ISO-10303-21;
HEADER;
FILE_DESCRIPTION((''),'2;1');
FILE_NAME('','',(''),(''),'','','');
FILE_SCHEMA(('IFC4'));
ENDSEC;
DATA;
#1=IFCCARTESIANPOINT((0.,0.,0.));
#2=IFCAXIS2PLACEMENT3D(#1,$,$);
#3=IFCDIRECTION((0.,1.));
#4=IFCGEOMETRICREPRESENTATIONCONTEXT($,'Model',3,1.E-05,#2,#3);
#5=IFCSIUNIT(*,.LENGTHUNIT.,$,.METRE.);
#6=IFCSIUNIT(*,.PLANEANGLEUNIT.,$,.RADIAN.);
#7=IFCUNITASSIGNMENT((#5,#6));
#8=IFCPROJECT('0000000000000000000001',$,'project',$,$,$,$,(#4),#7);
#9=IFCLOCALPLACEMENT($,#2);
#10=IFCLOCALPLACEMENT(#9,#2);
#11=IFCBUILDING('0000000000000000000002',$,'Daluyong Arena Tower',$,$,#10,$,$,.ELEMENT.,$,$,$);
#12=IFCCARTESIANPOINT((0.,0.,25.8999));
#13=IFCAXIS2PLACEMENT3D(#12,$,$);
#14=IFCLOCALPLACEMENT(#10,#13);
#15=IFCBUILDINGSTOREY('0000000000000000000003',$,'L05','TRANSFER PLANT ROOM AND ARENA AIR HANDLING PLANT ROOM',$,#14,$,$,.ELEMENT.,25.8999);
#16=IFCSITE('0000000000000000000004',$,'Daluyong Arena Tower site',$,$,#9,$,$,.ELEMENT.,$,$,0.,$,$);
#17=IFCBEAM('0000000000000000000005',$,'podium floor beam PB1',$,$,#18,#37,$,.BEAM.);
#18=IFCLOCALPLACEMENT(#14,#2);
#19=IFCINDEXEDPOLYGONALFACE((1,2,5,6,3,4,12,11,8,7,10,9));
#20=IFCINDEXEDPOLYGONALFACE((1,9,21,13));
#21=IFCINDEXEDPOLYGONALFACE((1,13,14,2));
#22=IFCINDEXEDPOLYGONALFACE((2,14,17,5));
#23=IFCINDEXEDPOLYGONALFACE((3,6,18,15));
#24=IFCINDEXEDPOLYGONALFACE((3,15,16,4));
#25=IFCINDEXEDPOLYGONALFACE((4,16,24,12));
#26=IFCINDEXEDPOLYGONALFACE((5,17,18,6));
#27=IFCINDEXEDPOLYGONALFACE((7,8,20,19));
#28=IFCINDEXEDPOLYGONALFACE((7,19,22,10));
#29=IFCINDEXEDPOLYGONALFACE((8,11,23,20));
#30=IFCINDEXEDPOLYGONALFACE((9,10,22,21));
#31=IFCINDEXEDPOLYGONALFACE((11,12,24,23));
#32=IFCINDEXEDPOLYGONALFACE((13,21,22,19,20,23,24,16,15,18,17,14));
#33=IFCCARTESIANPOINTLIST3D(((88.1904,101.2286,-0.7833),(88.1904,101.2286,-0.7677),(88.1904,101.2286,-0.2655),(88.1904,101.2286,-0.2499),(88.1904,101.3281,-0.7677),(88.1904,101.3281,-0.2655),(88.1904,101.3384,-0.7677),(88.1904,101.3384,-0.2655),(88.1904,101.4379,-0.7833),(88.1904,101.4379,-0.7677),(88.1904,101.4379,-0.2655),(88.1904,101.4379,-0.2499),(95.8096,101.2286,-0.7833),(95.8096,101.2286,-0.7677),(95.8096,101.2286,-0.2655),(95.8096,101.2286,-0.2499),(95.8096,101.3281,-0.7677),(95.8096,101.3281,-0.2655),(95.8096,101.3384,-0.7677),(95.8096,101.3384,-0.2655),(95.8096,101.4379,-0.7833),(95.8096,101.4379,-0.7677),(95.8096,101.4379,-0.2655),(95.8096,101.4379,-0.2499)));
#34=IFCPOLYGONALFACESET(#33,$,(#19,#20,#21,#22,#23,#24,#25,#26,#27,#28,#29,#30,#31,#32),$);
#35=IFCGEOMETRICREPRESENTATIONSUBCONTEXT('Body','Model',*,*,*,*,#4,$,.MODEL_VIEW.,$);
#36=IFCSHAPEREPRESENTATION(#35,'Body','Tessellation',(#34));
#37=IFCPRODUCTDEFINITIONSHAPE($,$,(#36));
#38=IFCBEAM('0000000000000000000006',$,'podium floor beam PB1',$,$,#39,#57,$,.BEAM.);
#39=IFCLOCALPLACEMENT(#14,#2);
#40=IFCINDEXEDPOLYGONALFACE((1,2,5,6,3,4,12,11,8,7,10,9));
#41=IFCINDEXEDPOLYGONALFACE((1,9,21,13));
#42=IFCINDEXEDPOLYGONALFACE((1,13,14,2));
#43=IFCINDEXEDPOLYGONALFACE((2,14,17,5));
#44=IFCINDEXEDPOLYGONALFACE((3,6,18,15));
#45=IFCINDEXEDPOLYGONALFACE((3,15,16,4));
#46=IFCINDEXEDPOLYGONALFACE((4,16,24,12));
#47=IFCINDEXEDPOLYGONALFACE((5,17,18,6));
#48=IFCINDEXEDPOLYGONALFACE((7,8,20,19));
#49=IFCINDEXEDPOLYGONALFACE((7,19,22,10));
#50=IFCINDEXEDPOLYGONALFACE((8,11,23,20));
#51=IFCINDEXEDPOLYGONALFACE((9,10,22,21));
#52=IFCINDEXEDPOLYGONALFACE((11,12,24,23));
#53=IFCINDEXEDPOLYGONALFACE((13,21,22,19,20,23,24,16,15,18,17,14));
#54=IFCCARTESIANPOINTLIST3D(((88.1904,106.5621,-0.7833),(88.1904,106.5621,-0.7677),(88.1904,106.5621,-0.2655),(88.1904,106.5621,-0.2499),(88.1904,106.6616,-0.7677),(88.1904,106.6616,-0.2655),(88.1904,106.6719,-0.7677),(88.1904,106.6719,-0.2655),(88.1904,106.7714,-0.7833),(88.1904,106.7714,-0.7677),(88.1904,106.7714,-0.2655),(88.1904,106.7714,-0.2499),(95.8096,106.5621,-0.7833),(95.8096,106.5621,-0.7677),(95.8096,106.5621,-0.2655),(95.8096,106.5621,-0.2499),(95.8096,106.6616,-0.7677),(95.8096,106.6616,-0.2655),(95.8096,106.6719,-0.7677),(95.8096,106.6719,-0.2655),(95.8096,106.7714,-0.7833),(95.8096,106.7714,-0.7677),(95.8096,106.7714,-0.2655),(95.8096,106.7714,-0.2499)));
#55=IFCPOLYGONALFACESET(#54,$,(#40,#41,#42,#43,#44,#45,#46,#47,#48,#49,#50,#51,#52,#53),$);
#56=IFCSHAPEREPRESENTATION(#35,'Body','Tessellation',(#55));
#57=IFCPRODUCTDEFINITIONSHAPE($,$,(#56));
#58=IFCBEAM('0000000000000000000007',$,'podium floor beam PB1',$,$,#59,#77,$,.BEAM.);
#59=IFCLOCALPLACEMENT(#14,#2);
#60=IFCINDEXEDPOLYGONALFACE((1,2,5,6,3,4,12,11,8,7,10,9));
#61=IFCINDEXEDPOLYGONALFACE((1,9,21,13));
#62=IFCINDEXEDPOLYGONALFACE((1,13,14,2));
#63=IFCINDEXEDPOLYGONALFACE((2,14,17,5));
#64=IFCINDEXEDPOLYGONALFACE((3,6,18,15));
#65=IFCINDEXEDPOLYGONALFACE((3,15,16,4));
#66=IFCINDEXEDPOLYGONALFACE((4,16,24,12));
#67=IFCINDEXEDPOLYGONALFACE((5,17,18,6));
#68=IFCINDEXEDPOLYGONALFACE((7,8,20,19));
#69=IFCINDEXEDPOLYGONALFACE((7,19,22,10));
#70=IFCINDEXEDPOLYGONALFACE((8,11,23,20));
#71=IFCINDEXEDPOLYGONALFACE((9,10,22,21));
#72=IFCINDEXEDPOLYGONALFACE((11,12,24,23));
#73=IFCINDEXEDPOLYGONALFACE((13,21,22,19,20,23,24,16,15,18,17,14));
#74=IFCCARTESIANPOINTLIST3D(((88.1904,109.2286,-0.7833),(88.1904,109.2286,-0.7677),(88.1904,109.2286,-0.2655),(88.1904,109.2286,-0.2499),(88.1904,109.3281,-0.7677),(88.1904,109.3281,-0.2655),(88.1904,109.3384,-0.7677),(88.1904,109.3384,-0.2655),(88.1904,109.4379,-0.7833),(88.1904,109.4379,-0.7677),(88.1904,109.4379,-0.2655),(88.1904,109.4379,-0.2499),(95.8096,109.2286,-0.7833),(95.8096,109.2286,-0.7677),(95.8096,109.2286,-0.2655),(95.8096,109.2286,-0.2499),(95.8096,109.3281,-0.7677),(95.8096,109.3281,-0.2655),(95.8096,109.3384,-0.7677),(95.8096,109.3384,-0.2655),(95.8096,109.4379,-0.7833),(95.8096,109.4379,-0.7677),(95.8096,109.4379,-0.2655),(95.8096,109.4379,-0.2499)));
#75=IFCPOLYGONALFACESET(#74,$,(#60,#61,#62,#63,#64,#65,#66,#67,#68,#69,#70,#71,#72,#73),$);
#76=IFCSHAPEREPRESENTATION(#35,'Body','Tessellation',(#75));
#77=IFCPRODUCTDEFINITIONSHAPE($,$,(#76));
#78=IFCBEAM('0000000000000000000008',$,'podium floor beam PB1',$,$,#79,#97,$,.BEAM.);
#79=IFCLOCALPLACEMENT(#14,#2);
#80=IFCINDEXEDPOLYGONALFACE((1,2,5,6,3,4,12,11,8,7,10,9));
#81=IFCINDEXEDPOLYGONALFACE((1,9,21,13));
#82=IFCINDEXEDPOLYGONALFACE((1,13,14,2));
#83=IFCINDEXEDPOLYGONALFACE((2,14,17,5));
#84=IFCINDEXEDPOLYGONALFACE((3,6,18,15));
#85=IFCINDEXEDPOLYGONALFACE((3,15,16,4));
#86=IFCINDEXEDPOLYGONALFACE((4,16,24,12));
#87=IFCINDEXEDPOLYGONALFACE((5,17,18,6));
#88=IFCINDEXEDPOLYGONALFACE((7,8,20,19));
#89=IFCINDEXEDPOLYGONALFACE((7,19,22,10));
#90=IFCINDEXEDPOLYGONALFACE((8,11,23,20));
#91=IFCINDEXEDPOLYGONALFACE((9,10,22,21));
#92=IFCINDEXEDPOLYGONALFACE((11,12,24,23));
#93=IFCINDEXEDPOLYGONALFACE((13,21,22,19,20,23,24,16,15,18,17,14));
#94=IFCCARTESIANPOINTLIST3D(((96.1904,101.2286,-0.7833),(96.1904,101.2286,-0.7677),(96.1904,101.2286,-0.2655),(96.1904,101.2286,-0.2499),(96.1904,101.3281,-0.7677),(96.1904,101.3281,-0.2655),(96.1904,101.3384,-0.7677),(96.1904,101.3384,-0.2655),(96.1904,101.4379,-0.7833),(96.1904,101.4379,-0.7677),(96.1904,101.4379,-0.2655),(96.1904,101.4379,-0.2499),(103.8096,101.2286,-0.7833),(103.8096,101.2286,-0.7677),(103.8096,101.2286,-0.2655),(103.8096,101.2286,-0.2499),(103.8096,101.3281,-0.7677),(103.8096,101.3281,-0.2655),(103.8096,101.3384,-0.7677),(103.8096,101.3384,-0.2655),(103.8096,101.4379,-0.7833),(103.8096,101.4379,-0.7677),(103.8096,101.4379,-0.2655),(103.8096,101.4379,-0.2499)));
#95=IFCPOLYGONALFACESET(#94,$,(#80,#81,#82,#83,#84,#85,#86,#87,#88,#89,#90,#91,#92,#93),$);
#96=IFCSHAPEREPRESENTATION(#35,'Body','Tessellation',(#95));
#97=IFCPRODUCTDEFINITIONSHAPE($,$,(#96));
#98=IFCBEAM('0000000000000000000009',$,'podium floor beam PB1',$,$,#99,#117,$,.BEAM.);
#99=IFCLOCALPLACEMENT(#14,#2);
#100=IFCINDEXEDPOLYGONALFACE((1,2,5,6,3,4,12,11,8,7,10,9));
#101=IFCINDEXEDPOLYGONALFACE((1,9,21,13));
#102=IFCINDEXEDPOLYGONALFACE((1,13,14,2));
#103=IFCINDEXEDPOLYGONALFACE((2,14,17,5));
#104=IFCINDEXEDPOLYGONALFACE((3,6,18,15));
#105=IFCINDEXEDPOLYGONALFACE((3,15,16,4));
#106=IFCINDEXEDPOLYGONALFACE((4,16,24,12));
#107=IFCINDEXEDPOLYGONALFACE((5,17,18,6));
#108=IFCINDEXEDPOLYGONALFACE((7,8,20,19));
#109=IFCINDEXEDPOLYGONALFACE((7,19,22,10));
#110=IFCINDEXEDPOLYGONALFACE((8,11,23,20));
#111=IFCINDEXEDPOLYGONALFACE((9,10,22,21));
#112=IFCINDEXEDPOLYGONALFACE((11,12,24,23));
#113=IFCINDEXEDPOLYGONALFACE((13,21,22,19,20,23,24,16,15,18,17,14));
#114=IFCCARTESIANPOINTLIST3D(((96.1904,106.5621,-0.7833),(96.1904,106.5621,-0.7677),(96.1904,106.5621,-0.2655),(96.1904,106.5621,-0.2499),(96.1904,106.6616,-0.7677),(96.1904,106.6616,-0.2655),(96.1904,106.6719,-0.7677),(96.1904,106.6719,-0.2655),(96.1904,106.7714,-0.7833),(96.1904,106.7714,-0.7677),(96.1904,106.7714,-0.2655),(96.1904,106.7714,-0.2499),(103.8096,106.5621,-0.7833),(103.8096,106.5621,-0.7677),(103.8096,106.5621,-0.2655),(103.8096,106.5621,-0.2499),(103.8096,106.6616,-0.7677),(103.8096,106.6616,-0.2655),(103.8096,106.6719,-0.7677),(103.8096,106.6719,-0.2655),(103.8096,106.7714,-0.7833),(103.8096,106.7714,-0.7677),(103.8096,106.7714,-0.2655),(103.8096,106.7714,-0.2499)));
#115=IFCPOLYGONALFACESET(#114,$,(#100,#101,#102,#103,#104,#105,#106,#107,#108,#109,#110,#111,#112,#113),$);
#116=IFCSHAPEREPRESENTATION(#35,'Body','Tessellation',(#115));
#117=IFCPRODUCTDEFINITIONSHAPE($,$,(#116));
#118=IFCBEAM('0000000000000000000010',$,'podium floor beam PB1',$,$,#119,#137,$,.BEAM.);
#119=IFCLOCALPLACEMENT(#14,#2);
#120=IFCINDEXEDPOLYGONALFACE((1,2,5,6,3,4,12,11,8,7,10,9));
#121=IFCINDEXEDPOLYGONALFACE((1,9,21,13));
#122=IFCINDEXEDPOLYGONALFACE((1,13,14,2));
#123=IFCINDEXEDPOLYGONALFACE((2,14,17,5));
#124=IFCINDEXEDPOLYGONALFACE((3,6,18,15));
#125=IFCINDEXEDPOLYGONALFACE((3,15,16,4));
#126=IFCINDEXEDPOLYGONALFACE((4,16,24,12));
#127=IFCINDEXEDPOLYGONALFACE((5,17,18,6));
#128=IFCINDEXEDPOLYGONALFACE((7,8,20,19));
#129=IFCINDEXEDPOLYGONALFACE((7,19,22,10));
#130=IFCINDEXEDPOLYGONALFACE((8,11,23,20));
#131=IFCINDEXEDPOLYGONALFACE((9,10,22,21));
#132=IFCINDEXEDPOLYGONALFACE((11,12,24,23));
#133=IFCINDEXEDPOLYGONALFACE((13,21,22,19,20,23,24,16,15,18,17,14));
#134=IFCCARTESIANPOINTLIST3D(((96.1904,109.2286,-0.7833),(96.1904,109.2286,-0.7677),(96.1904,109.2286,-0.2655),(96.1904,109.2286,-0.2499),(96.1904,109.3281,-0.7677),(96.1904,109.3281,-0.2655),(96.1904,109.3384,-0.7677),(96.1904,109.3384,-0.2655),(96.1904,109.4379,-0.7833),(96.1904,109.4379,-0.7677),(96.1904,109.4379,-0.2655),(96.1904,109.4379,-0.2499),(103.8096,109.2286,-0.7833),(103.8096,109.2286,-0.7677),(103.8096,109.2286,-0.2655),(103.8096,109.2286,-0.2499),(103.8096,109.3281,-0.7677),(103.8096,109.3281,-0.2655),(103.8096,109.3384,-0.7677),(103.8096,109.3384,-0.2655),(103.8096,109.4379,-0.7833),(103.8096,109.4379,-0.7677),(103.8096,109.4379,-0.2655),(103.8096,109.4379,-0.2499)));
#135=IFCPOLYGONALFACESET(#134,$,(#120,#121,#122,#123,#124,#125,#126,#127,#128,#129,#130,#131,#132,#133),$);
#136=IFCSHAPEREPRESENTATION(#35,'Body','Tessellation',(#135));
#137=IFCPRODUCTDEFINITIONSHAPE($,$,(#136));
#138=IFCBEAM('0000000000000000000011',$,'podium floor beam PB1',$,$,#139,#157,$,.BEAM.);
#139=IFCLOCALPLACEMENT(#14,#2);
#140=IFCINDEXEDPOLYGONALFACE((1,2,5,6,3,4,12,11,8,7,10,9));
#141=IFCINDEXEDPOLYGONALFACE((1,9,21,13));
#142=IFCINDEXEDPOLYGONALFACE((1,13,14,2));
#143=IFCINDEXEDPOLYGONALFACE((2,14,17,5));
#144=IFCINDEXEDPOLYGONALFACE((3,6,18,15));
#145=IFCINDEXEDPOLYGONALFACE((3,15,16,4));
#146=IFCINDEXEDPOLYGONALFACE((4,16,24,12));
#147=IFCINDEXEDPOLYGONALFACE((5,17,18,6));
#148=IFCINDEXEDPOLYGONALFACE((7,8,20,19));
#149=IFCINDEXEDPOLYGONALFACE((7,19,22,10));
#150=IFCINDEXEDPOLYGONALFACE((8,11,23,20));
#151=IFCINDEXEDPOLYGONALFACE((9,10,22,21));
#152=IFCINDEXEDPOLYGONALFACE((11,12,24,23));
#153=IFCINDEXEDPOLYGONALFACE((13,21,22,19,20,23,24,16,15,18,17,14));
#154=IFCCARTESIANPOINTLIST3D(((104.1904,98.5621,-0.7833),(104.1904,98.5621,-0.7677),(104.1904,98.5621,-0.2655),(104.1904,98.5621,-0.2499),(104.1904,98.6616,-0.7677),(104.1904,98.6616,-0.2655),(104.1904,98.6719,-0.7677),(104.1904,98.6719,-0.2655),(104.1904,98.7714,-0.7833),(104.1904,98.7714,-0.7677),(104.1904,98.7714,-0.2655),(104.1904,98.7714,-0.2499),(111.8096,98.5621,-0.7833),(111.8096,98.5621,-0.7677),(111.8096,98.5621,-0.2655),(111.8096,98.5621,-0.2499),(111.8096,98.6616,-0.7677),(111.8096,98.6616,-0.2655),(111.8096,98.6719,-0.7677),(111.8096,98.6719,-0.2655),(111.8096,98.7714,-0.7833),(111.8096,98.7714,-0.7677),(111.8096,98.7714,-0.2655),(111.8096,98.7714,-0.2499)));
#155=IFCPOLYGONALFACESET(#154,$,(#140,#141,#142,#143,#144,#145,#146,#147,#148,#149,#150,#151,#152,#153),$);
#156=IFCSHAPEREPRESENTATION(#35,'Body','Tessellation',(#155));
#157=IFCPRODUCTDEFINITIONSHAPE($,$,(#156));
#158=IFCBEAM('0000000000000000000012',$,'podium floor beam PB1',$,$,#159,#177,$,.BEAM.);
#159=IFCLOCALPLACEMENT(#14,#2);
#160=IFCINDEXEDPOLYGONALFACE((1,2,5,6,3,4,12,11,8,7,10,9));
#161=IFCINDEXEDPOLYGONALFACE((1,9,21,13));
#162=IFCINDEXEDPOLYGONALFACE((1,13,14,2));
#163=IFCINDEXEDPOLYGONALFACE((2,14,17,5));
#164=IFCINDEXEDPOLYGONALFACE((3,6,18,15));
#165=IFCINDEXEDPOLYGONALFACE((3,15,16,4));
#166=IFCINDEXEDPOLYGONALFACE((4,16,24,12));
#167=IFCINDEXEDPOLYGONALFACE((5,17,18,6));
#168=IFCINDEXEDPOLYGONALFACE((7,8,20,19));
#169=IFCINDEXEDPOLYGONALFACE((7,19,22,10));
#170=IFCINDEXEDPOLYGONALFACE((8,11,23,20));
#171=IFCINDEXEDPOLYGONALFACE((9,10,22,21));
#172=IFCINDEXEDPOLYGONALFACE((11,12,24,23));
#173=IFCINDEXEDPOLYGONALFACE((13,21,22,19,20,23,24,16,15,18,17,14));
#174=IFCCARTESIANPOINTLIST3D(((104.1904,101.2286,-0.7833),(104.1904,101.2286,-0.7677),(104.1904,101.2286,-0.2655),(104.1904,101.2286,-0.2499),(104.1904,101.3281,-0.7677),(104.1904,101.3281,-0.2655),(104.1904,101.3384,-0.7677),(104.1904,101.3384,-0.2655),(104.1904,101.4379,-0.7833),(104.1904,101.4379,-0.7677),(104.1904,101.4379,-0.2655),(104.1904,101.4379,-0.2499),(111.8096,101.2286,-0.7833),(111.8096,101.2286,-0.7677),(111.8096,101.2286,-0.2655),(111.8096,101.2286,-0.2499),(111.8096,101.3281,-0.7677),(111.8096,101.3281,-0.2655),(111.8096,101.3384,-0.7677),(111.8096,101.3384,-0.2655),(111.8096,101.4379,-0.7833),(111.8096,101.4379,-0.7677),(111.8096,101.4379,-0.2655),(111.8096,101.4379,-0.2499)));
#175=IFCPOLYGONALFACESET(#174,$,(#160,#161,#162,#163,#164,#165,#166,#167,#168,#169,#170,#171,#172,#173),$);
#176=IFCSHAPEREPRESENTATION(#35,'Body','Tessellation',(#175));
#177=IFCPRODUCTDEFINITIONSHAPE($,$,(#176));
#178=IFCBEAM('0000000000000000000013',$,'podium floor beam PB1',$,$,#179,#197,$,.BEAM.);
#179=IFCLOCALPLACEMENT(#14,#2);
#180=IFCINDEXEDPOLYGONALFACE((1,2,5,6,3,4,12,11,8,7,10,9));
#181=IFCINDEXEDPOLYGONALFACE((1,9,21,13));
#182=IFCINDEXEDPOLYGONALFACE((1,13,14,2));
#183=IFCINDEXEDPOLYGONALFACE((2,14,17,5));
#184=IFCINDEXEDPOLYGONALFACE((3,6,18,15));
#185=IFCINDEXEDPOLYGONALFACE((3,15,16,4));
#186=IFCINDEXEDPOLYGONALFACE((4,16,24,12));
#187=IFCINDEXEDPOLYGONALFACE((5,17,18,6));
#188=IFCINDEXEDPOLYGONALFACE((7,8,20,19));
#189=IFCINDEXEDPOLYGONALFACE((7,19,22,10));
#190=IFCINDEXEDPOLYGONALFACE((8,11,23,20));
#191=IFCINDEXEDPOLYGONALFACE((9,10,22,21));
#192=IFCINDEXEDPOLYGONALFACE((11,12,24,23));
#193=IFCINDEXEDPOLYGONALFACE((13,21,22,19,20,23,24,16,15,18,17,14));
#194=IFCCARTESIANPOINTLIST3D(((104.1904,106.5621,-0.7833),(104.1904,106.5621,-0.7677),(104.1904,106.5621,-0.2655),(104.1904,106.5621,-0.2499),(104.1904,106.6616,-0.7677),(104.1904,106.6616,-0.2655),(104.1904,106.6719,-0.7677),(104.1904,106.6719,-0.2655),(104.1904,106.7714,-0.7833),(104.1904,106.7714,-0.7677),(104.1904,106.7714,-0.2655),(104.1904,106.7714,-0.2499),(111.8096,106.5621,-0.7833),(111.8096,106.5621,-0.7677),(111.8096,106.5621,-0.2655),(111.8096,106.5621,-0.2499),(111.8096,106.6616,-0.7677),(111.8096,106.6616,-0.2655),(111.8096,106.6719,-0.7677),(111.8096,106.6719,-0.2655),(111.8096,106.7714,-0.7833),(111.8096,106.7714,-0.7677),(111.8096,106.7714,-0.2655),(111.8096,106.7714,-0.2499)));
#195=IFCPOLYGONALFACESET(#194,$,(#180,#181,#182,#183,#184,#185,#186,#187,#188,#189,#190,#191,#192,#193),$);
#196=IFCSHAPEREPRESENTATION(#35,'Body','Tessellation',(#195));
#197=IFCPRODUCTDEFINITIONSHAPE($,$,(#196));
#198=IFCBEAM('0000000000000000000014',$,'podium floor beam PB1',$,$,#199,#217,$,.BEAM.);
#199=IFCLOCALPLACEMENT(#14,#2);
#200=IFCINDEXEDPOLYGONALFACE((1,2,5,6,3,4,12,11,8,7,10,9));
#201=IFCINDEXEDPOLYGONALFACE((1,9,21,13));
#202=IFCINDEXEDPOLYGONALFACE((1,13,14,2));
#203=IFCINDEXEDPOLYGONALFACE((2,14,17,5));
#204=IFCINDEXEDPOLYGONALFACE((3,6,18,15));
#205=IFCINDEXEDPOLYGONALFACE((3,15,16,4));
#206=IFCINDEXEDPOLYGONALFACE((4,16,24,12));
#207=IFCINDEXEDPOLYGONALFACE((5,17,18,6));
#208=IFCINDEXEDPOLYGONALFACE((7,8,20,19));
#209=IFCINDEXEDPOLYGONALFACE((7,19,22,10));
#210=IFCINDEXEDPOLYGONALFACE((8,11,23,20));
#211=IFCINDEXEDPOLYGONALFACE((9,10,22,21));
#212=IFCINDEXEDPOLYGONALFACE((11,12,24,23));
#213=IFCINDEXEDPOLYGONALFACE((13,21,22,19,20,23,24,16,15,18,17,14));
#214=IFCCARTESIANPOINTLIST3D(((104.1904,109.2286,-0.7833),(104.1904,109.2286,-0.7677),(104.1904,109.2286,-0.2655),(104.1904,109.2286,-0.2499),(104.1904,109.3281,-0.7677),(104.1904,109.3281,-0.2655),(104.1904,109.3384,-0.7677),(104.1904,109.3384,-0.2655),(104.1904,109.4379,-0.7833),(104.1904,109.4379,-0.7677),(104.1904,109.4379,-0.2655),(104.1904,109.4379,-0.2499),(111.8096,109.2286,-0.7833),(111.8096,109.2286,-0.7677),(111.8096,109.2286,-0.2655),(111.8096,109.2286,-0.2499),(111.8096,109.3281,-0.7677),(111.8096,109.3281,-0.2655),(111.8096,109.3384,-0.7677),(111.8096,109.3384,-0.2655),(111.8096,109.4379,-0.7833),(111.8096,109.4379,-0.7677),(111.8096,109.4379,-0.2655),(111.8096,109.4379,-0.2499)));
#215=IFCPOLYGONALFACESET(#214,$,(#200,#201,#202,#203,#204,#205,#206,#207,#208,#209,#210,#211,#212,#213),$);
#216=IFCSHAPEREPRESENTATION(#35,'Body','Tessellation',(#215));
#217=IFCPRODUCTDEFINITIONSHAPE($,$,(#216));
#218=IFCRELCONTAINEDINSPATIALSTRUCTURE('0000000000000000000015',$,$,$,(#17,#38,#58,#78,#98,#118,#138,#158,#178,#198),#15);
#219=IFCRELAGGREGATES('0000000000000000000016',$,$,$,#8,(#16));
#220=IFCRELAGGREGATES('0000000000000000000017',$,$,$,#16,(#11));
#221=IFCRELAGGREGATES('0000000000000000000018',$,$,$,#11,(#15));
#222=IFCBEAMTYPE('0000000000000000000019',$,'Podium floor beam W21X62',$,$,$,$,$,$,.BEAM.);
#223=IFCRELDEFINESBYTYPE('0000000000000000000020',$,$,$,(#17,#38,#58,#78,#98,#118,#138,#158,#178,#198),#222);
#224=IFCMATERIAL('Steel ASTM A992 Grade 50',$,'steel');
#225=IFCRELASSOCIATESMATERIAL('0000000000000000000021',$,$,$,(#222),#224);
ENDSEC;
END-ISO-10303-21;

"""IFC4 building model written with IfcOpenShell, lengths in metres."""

from ifc_helpers import new_model, si_unit, direction, frame, origin, origin_2d, place, context, subcontext, project, spatial, i_section, extrude, material, material_profile, profile_set, type_object, element, save


model = new_model("IFC4")

# Units and contexts
model_context = context("Model", 3, precision=1e-05, world=origin(), true_north=direction((0.0, 1.0)))
body_context = subcontext(model_context, "Body", "Model", "MODEL_VIEW")
ifc_project = project(units=[si_unit("LENGTHUNIT", "METRE"), si_unit("PLANEANGLEUNIT", "RADIAN")], contexts=[model_context])

# Site, building, storey
site_placement = place(None, origin())
site = spatial("IfcSite", under=ifc_project, at=site_placement, Name="Daluyong Arena Tower site", CompositionType="ELEMENT", RefElevation=0.0)
building_placement = place(site_placement, origin())
building = spatial("IfcBuilding", under=site, at=building_placement, Name="Daluyong Arena Tower", CompositionType="ELEMENT")
storey_placement = place(building_placement, frame((0.0, 0.0, 25.8999)))
storey = spatial("IfcBuildingStorey", under=building, at=storey_placement, Name="L05", Description="TRANSFER PLANT ROOM AND ARENA AIR HANDLING PLANT ROOM", CompositionType="ELEMENT", Elevation=25.8999)

# Beams
ifc_material_1 = material(Name="Steel ASTM A992 Grade 50", Category="steel")
ifc_material_profile_1 = material_profile(ifc_material_1, i_section(OverallWidth=0.2092, OverallDepth=0.5334, WebThickness=0.0103, FlangeThickness=0.0156, at=origin_2d()))
ifc_profile_set_1 = profile_set([ifc_material_profile_1], Name="Steel ASTM A992 Grade 50")
beam_type_1 = type_object("IfcBeamType", Name="Podium floor beam W21X62", PredefinedType="BEAM", material=ifc_profile_set_1)
for number, where, z_axis, x_axis, name in (
    (1, (88.1904, 101.3333, -0.5166), (1.0, 0.0, 0.0), (0.0, 1.0, 0.0), "podium floor beam PB1"),
    (2, (88.1904, 106.6667, -0.5166), (1.0, 0.0, 0.0), (0.0, 1.0, 0.0), "podium floor beam PB1"),
    (3, (88.1904, 109.3333, -0.5166), (1.0, 0.0, 0.0), (0.0, 1.0, 0.0), "podium floor beam PB1"),
    (4, (96.1904, 101.3333, -0.5166), (1.0, 0.0, 0.0), (0.0, 1.0, 0.0), "podium floor beam PB1"),
    (5, (96.1904, 106.6667, -0.5166), (1.0, 0.0, 0.0), (0.0, 1.0, 0.0), "podium floor beam PB1"),
    (6, (96.1904, 109.3333, -0.5166), (1.0, 0.0, 0.0), (0.0, 1.0, 0.0), "podium floor beam PB1"),
    (7, (104.1904, 98.6667, -0.5166), (1.0, 0.0, 0.0), (0.0, 1.0, 0.0), "podium floor beam PB1"),
    (8, (104.1904, 101.3333, -0.5166), (1.0, 0.0, 0.0), (0.0, 1.0, 0.0), "podium floor beam PB1"),
    (9, (104.1904, 106.6667, -0.5166), (1.0, 0.0, 0.0), (0.0, 1.0, 0.0), "podium floor beam PB1"),
    (10, (104.1904, 109.3333, -0.5166), (1.0, 0.0, 0.0), (0.0, 1.0, 0.0), "podium floor beam PB1"),
):
    element("IfcBeam", number, at=place(storey_placement, frame(where, z_axis=z_axis, x_axis=x_axis)), inside=storey, type_object=beam_type_1, Name=name, PredefinedType="BEAM", context=body_context, shape_type="SweptSolid", body=[
        extrude(i_section(OverallWidth=0.2092, OverallDepth=0.5334, WebThickness=0.0103, FlangeThickness=0.0156, at=origin_2d()), origin(), (0.0, 0.0, 1.0), 7.6191),
    ])

save(model, "model.ifc")
